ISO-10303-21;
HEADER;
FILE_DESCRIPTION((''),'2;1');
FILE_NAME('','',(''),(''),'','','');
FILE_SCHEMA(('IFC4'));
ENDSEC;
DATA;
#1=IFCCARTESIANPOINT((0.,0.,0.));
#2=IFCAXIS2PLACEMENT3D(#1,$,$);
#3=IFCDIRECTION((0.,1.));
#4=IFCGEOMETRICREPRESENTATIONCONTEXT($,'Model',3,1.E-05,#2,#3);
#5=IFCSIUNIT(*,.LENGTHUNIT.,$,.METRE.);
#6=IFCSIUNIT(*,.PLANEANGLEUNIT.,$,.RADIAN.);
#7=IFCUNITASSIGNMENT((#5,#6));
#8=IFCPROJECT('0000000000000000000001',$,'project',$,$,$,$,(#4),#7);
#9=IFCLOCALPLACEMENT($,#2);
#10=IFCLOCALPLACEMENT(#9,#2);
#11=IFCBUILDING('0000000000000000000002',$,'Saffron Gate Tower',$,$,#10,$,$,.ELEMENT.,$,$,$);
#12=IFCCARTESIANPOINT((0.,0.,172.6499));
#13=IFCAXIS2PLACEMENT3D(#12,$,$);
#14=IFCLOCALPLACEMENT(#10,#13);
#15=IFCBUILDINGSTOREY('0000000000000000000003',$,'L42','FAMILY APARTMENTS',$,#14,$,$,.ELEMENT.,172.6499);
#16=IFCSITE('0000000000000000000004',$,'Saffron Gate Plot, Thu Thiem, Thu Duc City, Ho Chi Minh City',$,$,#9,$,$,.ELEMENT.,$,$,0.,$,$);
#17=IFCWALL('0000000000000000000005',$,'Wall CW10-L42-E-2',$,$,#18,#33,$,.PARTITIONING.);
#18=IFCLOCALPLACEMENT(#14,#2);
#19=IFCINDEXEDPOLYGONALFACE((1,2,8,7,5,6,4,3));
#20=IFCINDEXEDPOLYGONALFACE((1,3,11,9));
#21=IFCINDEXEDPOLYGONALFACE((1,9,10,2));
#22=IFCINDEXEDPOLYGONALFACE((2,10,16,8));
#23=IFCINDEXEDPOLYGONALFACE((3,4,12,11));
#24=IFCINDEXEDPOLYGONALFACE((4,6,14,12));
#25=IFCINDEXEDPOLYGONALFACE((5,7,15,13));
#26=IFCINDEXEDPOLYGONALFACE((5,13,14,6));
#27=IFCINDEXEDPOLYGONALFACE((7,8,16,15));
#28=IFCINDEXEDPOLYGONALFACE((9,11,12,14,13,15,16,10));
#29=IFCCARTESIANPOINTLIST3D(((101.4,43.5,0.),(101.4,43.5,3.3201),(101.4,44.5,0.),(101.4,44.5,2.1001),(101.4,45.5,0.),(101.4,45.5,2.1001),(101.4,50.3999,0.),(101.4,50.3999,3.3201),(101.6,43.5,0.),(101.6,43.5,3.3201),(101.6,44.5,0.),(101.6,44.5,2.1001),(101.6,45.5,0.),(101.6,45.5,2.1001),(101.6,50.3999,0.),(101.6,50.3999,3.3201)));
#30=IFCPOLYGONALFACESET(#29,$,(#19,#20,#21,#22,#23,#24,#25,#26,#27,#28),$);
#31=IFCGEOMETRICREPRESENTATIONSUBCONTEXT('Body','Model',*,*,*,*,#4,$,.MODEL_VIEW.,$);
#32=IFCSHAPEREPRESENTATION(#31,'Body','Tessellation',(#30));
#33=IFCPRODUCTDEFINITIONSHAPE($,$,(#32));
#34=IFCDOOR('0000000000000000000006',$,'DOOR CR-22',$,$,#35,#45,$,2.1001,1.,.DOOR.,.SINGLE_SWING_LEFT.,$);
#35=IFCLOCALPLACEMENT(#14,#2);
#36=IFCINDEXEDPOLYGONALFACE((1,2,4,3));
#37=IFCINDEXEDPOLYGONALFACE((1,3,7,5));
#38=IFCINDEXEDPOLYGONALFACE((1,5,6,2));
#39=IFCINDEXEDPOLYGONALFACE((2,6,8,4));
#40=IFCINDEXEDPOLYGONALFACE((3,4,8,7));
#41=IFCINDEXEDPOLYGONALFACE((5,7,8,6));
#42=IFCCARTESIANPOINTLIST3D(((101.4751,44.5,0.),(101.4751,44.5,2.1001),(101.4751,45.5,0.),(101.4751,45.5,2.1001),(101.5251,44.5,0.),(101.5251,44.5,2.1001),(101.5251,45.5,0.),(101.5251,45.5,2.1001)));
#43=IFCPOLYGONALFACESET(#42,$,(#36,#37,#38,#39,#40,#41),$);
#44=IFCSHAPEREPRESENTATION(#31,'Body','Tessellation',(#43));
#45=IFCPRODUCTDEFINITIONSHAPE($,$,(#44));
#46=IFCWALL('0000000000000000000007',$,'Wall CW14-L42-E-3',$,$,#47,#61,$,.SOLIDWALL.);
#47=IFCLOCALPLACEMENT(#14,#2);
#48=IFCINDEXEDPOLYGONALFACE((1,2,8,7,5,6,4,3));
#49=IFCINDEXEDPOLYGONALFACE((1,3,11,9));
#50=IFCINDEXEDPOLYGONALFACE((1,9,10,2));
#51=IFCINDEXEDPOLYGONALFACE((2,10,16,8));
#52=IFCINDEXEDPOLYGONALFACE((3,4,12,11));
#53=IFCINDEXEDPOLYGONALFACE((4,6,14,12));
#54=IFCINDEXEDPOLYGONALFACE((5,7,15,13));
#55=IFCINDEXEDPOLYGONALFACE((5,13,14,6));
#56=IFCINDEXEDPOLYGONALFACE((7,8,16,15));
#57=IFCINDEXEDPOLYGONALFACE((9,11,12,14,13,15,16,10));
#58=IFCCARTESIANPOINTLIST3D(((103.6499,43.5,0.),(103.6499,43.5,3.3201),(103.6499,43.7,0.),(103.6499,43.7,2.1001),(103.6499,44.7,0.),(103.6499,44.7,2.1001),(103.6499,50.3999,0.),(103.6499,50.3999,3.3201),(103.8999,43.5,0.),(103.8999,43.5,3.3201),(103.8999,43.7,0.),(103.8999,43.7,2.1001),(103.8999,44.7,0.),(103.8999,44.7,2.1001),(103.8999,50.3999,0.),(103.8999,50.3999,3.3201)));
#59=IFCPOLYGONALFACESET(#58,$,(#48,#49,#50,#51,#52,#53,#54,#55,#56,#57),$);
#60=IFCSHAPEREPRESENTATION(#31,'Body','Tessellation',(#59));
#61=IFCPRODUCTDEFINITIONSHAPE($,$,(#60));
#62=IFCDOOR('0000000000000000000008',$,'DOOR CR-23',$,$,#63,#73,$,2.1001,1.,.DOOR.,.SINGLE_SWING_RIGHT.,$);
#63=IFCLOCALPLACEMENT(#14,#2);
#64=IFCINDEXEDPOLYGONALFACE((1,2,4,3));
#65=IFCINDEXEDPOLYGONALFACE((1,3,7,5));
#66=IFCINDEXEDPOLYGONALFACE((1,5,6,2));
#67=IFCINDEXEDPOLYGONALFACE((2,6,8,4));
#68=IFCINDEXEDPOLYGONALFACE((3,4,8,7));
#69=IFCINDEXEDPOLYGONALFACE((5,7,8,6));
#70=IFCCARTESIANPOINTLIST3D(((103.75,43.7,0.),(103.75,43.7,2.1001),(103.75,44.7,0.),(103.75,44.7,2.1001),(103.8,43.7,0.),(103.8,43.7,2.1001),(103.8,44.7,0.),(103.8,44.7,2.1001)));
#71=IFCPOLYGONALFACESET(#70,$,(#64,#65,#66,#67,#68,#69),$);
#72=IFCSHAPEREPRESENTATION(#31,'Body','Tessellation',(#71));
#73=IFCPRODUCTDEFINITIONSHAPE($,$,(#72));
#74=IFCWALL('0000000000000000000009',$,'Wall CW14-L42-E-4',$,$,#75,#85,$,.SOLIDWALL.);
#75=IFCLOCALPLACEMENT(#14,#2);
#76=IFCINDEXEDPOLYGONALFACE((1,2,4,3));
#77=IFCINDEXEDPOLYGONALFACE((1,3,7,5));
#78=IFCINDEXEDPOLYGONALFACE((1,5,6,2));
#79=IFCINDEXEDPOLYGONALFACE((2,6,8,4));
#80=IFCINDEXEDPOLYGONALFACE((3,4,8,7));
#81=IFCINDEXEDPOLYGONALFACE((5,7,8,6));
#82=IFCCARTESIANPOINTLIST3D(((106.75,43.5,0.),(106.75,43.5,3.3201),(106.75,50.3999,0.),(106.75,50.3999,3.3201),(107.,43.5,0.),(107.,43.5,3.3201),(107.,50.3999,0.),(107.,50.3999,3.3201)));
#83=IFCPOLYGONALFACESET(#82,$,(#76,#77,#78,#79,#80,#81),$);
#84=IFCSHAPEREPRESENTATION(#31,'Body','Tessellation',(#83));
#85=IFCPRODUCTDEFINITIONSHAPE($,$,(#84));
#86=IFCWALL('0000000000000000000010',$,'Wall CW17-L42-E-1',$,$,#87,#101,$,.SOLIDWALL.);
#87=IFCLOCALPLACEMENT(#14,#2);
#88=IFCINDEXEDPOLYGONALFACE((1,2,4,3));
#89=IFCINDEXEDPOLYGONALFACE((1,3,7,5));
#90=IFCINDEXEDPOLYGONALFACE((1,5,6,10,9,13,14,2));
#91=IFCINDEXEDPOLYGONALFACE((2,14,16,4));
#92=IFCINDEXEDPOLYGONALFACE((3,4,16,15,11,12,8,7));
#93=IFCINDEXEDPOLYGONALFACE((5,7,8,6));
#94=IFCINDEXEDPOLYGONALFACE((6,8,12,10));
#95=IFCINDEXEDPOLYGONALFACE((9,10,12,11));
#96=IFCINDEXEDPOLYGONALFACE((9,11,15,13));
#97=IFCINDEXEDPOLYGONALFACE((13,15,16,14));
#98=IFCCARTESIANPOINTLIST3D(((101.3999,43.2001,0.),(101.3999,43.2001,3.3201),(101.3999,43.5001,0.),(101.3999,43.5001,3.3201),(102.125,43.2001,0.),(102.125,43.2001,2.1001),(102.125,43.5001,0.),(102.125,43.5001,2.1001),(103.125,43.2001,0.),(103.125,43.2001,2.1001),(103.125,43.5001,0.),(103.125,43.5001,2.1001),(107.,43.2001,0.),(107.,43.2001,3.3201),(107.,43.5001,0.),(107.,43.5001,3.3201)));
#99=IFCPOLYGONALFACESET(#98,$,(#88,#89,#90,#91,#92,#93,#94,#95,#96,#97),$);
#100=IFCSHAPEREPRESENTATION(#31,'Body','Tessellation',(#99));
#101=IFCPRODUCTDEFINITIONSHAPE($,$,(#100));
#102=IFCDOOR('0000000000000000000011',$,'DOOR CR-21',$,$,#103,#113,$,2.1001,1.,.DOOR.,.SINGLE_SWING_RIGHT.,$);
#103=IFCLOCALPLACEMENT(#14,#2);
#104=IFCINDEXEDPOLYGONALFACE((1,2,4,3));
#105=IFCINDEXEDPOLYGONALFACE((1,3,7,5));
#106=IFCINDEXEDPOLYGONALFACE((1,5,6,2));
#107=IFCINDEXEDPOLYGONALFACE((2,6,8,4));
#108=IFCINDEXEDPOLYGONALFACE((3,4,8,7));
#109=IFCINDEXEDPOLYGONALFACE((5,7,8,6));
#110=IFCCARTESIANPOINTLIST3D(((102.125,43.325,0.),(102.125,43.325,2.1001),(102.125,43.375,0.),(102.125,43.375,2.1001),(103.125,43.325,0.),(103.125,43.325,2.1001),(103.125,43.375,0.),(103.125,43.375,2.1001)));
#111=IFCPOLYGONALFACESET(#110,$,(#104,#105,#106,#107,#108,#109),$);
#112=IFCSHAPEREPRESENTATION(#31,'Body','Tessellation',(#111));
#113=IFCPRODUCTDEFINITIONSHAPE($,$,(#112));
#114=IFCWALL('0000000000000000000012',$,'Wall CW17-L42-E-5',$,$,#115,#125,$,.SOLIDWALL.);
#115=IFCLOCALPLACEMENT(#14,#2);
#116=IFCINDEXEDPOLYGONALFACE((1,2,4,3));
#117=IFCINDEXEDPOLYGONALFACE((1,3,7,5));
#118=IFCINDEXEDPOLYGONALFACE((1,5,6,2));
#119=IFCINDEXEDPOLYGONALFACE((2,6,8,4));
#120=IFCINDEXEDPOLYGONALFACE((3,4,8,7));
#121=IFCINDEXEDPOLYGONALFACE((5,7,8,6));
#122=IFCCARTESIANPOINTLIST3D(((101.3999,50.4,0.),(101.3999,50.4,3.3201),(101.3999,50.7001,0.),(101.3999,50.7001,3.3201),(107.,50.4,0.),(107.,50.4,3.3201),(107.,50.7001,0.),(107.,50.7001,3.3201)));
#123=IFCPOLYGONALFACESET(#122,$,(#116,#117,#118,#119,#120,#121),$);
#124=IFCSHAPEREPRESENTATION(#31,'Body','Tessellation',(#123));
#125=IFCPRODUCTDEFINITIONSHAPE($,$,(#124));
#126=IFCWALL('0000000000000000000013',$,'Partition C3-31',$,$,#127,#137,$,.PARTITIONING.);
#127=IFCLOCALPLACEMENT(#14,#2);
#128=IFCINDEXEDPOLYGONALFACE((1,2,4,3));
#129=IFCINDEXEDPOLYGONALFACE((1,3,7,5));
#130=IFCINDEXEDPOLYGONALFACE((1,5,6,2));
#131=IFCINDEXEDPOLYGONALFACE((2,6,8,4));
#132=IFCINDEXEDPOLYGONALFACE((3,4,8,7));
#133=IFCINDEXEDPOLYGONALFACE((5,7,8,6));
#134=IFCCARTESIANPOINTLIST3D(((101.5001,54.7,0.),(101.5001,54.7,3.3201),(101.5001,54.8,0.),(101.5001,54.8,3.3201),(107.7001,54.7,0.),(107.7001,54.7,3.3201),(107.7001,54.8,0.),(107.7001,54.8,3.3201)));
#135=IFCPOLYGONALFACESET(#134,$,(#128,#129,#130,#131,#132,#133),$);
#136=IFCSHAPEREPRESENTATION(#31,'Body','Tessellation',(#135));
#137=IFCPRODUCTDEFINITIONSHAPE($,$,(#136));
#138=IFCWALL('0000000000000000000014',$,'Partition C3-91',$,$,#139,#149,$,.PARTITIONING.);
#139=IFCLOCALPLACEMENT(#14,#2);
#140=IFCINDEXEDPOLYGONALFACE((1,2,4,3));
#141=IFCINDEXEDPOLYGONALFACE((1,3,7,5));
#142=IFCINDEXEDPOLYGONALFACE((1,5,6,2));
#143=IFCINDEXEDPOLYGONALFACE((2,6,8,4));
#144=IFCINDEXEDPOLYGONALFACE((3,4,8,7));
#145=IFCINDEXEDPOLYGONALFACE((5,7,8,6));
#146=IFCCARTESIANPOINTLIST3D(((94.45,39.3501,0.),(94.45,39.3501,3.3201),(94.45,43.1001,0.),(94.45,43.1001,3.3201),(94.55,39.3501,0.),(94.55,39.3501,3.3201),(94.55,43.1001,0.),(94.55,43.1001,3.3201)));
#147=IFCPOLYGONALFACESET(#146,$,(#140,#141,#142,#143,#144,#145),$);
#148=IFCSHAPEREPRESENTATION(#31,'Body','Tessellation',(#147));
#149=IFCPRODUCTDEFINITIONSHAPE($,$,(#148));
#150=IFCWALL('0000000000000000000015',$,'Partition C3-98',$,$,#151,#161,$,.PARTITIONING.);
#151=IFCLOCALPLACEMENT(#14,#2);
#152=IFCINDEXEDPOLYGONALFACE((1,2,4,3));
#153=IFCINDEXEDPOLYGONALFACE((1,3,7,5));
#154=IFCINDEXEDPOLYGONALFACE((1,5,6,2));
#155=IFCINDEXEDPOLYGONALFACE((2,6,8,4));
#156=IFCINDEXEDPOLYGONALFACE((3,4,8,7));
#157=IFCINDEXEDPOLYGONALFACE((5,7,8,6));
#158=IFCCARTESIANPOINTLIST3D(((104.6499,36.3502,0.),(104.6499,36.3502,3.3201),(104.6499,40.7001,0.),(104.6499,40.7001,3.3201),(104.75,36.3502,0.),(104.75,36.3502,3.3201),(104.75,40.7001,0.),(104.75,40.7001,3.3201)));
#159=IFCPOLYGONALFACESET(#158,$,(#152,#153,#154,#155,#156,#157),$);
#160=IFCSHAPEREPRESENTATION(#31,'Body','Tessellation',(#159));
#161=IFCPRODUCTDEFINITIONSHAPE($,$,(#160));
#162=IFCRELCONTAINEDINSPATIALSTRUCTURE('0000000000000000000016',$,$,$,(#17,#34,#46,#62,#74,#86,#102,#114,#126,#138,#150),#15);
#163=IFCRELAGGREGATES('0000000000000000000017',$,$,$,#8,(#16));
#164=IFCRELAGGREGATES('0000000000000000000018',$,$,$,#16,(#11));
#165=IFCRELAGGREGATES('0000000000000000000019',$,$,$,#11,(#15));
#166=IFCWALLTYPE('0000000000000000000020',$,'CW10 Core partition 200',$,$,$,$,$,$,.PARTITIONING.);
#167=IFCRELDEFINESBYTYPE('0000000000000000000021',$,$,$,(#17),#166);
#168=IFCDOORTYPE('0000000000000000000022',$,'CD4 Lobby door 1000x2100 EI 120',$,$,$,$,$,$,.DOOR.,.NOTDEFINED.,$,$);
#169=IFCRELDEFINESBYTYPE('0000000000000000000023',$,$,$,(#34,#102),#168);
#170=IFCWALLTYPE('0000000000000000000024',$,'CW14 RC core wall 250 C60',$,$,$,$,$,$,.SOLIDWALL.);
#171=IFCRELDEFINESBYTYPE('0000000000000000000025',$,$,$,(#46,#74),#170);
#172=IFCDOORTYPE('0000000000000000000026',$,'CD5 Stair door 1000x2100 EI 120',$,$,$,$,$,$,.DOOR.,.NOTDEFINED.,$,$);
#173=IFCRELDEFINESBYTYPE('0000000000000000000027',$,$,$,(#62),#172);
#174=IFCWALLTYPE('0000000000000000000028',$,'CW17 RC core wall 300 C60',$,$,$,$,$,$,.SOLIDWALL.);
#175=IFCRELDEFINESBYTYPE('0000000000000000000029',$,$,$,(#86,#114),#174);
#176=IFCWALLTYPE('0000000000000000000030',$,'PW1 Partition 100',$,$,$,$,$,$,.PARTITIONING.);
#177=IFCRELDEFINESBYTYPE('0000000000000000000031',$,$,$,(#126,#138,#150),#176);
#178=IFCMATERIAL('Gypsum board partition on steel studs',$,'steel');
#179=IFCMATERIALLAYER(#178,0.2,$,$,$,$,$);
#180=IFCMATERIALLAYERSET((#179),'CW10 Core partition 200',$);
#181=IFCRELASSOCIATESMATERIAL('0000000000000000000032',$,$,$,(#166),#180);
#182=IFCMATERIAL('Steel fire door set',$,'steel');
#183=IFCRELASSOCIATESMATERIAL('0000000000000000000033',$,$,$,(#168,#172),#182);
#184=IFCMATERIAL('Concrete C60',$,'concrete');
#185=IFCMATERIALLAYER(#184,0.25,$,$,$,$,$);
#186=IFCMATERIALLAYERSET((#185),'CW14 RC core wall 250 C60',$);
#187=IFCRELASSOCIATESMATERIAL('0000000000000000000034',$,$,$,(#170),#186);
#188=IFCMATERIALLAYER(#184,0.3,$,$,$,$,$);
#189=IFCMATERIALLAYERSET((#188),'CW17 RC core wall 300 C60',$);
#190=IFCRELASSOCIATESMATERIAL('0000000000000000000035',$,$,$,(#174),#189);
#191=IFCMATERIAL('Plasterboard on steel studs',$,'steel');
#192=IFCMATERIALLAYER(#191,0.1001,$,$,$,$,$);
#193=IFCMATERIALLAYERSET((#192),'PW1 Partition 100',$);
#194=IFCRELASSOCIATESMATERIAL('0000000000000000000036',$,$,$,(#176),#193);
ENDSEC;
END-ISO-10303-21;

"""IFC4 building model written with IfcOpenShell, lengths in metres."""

from ifc_helpers import new_model, si_unit, direction, frame, frame_2d, origin, place, context, subcontext, project, spatial, rectangle, extrude, material, layer, layer_set, type_object, element, fill, save


model = new_model("IFC4")

# Units and contexts
model_context = context("Model", 3, precision=1e-05, world=origin(), true_north=direction((0.0, 1.0)))
body_context = subcontext(model_context, "Body", "Model", "MODEL_VIEW")
ifc_project = project(units=[si_unit("LENGTHUNIT", "METRE"), si_unit("PLANEANGLEUNIT", "RADIAN")], contexts=[model_context])

# Site, building, storey
site_placement = place(None, origin())
site = spatial("IfcSite", under=ifc_project, at=site_placement, Name="Saffron Gate Plot, Thu Thiem, Thu Duc City, Ho Chi Minh City", CompositionType="ELEMENT", RefElevation=0.0)
building_placement = place(site_placement, origin())
building = spatial("IfcBuilding", under=site, at=building_placement, Name="Saffron Gate Tower", CompositionType="ELEMENT")
storey_placement = place(building_placement, frame((0.0, 0.0, 172.6499)))
storey = spatial("IfcBuildingStorey", under=building, at=storey_placement, Name="L42", Description="FAMILY APARTMENTS", CompositionType="ELEMENT", Elevation=172.6499)

# Walls, openings, doors
ifc_material_1 = material(Name="Gypsum board partition on steel studs", Category="steel")
ifc_layer_1 = layer(ifc_material_1, 0.2)
ifc_layer_set_1 = layer_set([ifc_layer_1], Name="CW10 Core partition 200")
wall_type_1 = type_object("IfcWallType", Name="CW10 Core partition 200", PredefinedType="PARTITIONING", material=ifc_layer_set_1)
wall_1_placement = place(storey_placement, frame((101.5, 43.5, 0.0), z_axis=(0.0, 0.0, 1.0), x_axis=(0.0, 1.0, 0.0)))
wall_1 = element("IfcWall", 1, at=wall_1_placement, inside=storey, type_object=wall_type_1, Name="Wall CW10-L42-E-2", PredefinedType="PARTITIONING", context=body_context, shape_type="SweptSolid", body=[
    extrude(rectangle(XDim=6.8999, YDim=0.2, at=frame_2d((3.45, 0.0))), origin(), (0.0, 0.0, 1.0), 3.3201),
])
opening_1_placement = place(wall_1_placement, frame((1.0, 0.0, 0.0)))
opening_1 = element("IfcOpeningElement", 2, at=opening_1_placement, cuts=wall_1, PredefinedType="OPENING", context=body_context, shape_type="SweptSolid", body=[
    extrude(rectangle(XDim=1.0, YDim=2.1001, at=frame_2d((0.5, 1.05))), frame((0.0, 0.1099, 0.0), z_axis=(0.0, -1.0, 0.0), x_axis=(1.0, 0.0, 0.0)), (0.0, 0.0, 1.0), 0.22),
])
ifc_material_2 = material(Name="Steel fire door set", Category="steel")
door_type_1 = type_object("IfcDoorType", Name="CD4 Lobby door 1000x2100 EI 120", OperationType="NOTDEFINED", PredefinedType="DOOR", material=ifc_material_2)
door_1_placement = place(opening_1_placement, origin())
door_1 = element("IfcDoor", 3, at=door_1_placement, inside=storey, type_object=door_type_1, Name="DOOR CR-22", OperationType="SINGLE_SWING_LEFT", OverallHeight=2.1001, OverallWidth=1.0, PredefinedType="DOOR", context=body_context, shape_type="SweptSolid", body=[
    extrude(rectangle(XDim=1.0, YDim=2.1001, at=frame_2d((0.5, 1.05))), frame((0.0, 0.0249, 0.0), z_axis=(0.0, -1.0, 0.0), x_axis=(1.0, 0.0, 0.0)), (0.0, 0.0, 1.0), 0.05),
])
fill(opening_1, door_1)
ifc_material_3 = material(Name="Concrete C60", Category="concrete")
ifc_layer_2 = layer(ifc_material_3, 0.25)
ifc_layer_set_2 = layer_set([ifc_layer_2], Name="CW14 RC core wall 250 C60")
wall_type_2 = type_object("IfcWallType", Name="CW14 RC core wall 250 C60", PredefinedType="SOLIDWALL", material=ifc_layer_set_2)
wall_2_placement = place(storey_placement, frame((103.7749, 43.5, 0.0), z_axis=(0.0, 0.0, 1.0), x_axis=(0.0, 1.0, 0.0)))
wall_2 = element("IfcWall", 4, at=wall_2_placement, inside=storey, type_object=wall_type_2, Name="Wall CW14-L42-E-3", PredefinedType="SOLIDWALL", context=body_context, shape_type="SweptSolid", body=[
    extrude(rectangle(XDim=6.8999, YDim=0.25, at=frame_2d((3.45, 0.0))), origin(), (0.0, 0.0, 1.0), 3.3201),
])
opening_2_placement = place(wall_2_placement, frame((0.2, 0.0, 0.0)))
opening_2 = element("IfcOpeningElement", 5, at=opening_2_placement, cuts=wall_2, PredefinedType="OPENING", context=body_context, shape_type="SweptSolid", body=[
    extrude(rectangle(XDim=1.0, YDim=2.1001, at=frame_2d((0.5, 1.05))), frame((0.0, 0.135, 0.0), z_axis=(0.0, -1.0, 0.0), x_axis=(1.0, 0.0, 0.0)), (0.0, 0.0, 1.0), 0.27),
])
door_type_2 = type_object("IfcDoorType", Name="CD5 Stair door 1000x2100 EI 120", OperationType="NOTDEFINED", PredefinedType="DOOR", material=ifc_material_2)
door_2_placement = place(opening_2_placement, origin())
door_2 = element("IfcDoor", 6, at=door_2_placement, inside=storey, type_object=door_type_2, Name="DOOR CR-23", OperationType="SINGLE_SWING_RIGHT", OverallHeight=2.1001, OverallWidth=1.0, PredefinedType="DOOR", context=body_context, shape_type="SweptSolid", body=[
    extrude(rectangle(XDim=1.0, YDim=2.1001, at=frame_2d((0.5, 1.05))), frame((0.0, 0.0249, 0.0), z_axis=(0.0, -1.0, 0.0), x_axis=(1.0, 0.0, 0.0)), (0.0, 0.0, 1.0), 0.05),
])
fill(opening_2, door_2)

# Wall
wall_3_placement = place(storey_placement, frame((106.875, 43.5, 0.0), z_axis=(0.0, 0.0, 1.0), x_axis=(0.0, 1.0, 0.0)))
element("IfcWall", 7, at=wall_3_placement, inside=storey, type_object=wall_type_2, Name="Wall CW14-L42-E-4", PredefinedType="SOLIDWALL", context=body_context, shape_type="SweptSolid", body=[
    extrude(rectangle(XDim=6.8999, YDim=0.25, at=frame_2d((3.45, 0.0))), origin(), (0.0, 0.0, 1.0), 3.3201),
])

# Wall, opening, door
ifc_layer_3 = layer(ifc_material_3, 0.3)
ifc_layer_set_3 = layer_set([ifc_layer_3], Name="CW17 RC core wall 300 C60")
wall_type_3 = type_object("IfcWallType", Name="CW17 RC core wall 300 C60", PredefinedType="SOLIDWALL", material=ifc_layer_set_3)
wall_4_placement = place(storey_placement, frame((101.3999, 43.3501, 0.0), z_axis=(0.0, 0.0, 1.0), x_axis=(1.0, 0.0, 0.0)))
wall_4 = element("IfcWall", 8, at=wall_4_placement, inside=storey, type_object=wall_type_3, Name="Wall CW17-L42-E-1", PredefinedType="SOLIDWALL", context=body_context, shape_type="SweptSolid", body=[
    extrude(rectangle(XDim=5.6001, YDim=0.3, at=frame_2d((2.8, 0.0))), origin(), (0.0, 0.0, 1.0), 3.3201),
])
opening_3_placement = place(wall_4_placement, frame((0.7251, 0.0, 0.0)))
opening_3 = element("IfcOpeningElement", 9, at=opening_3_placement, cuts=wall_4, PredefinedType="OPENING", context=body_context, shape_type="SweptSolid", body=[
    extrude(rectangle(XDim=1.0, YDim=2.1001, at=frame_2d((0.5, 1.05))), frame((0.0, 0.1602, 0.0), z_axis=(0.0, -1.0, 0.0), x_axis=(1.0, 0.0, 0.0)), (0.0, 0.0, 1.0), 0.3201),
])
door_3_placement = place(opening_3_placement, origin())
door_3 = element("IfcDoor", 10, at=door_3_placement, inside=storey, type_object=door_type_1, Name="DOOR CR-21", OperationType="SINGLE_SWING_RIGHT", OverallHeight=2.1001, OverallWidth=1.0, PredefinedType="DOOR", context=body_context, shape_type="SweptSolid", body=[
    extrude(rectangle(XDim=1.0, YDim=2.1001, at=frame_2d((0.5, 1.05))), frame((0.0, 0.0249, 0.0), z_axis=(0.0, -1.0, 0.0), x_axis=(1.0, 0.0, 0.0)), (0.0, 0.0, 1.0), 0.05),
])
fill(opening_3, door_3)

# Walls
wall_5_placement = place(storey_placement, frame((101.3999, 50.55, 0.0), z_axis=(0.0, 0.0, 1.0), x_axis=(1.0, 0.0, 0.0)))
element("IfcWall", 11, at=wall_5_placement, inside=storey, type_object=wall_type_3, Name="Wall CW17-L42-E-5", PredefinedType="SOLIDWALL", context=body_context, shape_type="SweptSolid", body=[
    extrude(rectangle(XDim=5.6001, YDim=0.3, at=frame_2d((2.8, 0.0))), origin(), (0.0, 0.0, 1.0), 3.3201),
])
ifc_material_4 = material(Name="Plasterboard on steel studs", Category="steel")
ifc_layer_4 = layer(ifc_material_4, 0.1001)
ifc_layer_set_4 = layer_set([ifc_layer_4], Name="PW1 Partition 100")
wall_type_4 = type_object("IfcWallType", Name="PW1 Partition 100", PredefinedType="PARTITIONING", material=ifc_layer_set_4)
wall_6_placement = place(storey_placement, frame((101.5, 54.75, 0.0), z_axis=(0.0, 0.0, 1.0), x_axis=(1.0, 0.0, 0.0)))
element("IfcWall", 12, at=wall_6_placement, inside=storey, type_object=wall_type_4, Name="Partition C3-31", PredefinedType="PARTITIONING", context=body_context, shape_type="SweptSolid", body=[
    extrude(rectangle(XDim=6.2, YDim=0.1001, at=frame_2d((3.1001, 0.0))), origin(), (0.0, 0.0, 1.0), 3.3201),
])
wall_7_placement = place(storey_placement, frame((94.5, 43.1001, 0.0), z_axis=(0.0, 0.0, 1.0), x_axis=(0.0, -1.0, 0.0)))
element("IfcWall", 13, at=wall_7_placement, inside=storey, type_object=wall_type_4, Name="Partition C3-91", PredefinedType="PARTITIONING", context=body_context, shape_type="SweptSolid", body=[
    extrude(rectangle(XDim=3.75, YDim=0.1001, at=frame_2d((1.875, 0.0))), origin(), (0.0, 0.0, 1.0), 3.3201),
])
wall_8_placement = place(storey_placement, frame((104.7, 40.7, 0.0), z_axis=(0.0, 0.0, 1.0), x_axis=(0.0, -1.0, 0.0)))
element("IfcWall", 14, at=wall_8_placement, inside=storey, type_object=wall_type_4, Name="Partition C3-98", PredefinedType="PARTITIONING", context=body_context, shape_type="SweptSolid", body=[
    extrude(rectangle(XDim=4.3499, YDim=0.1001, at=frame_2d((2.1748, 0.0))), origin(), (0.0, 0.0, 1.0), 3.3201),
])

save(model, "model.ifc")
